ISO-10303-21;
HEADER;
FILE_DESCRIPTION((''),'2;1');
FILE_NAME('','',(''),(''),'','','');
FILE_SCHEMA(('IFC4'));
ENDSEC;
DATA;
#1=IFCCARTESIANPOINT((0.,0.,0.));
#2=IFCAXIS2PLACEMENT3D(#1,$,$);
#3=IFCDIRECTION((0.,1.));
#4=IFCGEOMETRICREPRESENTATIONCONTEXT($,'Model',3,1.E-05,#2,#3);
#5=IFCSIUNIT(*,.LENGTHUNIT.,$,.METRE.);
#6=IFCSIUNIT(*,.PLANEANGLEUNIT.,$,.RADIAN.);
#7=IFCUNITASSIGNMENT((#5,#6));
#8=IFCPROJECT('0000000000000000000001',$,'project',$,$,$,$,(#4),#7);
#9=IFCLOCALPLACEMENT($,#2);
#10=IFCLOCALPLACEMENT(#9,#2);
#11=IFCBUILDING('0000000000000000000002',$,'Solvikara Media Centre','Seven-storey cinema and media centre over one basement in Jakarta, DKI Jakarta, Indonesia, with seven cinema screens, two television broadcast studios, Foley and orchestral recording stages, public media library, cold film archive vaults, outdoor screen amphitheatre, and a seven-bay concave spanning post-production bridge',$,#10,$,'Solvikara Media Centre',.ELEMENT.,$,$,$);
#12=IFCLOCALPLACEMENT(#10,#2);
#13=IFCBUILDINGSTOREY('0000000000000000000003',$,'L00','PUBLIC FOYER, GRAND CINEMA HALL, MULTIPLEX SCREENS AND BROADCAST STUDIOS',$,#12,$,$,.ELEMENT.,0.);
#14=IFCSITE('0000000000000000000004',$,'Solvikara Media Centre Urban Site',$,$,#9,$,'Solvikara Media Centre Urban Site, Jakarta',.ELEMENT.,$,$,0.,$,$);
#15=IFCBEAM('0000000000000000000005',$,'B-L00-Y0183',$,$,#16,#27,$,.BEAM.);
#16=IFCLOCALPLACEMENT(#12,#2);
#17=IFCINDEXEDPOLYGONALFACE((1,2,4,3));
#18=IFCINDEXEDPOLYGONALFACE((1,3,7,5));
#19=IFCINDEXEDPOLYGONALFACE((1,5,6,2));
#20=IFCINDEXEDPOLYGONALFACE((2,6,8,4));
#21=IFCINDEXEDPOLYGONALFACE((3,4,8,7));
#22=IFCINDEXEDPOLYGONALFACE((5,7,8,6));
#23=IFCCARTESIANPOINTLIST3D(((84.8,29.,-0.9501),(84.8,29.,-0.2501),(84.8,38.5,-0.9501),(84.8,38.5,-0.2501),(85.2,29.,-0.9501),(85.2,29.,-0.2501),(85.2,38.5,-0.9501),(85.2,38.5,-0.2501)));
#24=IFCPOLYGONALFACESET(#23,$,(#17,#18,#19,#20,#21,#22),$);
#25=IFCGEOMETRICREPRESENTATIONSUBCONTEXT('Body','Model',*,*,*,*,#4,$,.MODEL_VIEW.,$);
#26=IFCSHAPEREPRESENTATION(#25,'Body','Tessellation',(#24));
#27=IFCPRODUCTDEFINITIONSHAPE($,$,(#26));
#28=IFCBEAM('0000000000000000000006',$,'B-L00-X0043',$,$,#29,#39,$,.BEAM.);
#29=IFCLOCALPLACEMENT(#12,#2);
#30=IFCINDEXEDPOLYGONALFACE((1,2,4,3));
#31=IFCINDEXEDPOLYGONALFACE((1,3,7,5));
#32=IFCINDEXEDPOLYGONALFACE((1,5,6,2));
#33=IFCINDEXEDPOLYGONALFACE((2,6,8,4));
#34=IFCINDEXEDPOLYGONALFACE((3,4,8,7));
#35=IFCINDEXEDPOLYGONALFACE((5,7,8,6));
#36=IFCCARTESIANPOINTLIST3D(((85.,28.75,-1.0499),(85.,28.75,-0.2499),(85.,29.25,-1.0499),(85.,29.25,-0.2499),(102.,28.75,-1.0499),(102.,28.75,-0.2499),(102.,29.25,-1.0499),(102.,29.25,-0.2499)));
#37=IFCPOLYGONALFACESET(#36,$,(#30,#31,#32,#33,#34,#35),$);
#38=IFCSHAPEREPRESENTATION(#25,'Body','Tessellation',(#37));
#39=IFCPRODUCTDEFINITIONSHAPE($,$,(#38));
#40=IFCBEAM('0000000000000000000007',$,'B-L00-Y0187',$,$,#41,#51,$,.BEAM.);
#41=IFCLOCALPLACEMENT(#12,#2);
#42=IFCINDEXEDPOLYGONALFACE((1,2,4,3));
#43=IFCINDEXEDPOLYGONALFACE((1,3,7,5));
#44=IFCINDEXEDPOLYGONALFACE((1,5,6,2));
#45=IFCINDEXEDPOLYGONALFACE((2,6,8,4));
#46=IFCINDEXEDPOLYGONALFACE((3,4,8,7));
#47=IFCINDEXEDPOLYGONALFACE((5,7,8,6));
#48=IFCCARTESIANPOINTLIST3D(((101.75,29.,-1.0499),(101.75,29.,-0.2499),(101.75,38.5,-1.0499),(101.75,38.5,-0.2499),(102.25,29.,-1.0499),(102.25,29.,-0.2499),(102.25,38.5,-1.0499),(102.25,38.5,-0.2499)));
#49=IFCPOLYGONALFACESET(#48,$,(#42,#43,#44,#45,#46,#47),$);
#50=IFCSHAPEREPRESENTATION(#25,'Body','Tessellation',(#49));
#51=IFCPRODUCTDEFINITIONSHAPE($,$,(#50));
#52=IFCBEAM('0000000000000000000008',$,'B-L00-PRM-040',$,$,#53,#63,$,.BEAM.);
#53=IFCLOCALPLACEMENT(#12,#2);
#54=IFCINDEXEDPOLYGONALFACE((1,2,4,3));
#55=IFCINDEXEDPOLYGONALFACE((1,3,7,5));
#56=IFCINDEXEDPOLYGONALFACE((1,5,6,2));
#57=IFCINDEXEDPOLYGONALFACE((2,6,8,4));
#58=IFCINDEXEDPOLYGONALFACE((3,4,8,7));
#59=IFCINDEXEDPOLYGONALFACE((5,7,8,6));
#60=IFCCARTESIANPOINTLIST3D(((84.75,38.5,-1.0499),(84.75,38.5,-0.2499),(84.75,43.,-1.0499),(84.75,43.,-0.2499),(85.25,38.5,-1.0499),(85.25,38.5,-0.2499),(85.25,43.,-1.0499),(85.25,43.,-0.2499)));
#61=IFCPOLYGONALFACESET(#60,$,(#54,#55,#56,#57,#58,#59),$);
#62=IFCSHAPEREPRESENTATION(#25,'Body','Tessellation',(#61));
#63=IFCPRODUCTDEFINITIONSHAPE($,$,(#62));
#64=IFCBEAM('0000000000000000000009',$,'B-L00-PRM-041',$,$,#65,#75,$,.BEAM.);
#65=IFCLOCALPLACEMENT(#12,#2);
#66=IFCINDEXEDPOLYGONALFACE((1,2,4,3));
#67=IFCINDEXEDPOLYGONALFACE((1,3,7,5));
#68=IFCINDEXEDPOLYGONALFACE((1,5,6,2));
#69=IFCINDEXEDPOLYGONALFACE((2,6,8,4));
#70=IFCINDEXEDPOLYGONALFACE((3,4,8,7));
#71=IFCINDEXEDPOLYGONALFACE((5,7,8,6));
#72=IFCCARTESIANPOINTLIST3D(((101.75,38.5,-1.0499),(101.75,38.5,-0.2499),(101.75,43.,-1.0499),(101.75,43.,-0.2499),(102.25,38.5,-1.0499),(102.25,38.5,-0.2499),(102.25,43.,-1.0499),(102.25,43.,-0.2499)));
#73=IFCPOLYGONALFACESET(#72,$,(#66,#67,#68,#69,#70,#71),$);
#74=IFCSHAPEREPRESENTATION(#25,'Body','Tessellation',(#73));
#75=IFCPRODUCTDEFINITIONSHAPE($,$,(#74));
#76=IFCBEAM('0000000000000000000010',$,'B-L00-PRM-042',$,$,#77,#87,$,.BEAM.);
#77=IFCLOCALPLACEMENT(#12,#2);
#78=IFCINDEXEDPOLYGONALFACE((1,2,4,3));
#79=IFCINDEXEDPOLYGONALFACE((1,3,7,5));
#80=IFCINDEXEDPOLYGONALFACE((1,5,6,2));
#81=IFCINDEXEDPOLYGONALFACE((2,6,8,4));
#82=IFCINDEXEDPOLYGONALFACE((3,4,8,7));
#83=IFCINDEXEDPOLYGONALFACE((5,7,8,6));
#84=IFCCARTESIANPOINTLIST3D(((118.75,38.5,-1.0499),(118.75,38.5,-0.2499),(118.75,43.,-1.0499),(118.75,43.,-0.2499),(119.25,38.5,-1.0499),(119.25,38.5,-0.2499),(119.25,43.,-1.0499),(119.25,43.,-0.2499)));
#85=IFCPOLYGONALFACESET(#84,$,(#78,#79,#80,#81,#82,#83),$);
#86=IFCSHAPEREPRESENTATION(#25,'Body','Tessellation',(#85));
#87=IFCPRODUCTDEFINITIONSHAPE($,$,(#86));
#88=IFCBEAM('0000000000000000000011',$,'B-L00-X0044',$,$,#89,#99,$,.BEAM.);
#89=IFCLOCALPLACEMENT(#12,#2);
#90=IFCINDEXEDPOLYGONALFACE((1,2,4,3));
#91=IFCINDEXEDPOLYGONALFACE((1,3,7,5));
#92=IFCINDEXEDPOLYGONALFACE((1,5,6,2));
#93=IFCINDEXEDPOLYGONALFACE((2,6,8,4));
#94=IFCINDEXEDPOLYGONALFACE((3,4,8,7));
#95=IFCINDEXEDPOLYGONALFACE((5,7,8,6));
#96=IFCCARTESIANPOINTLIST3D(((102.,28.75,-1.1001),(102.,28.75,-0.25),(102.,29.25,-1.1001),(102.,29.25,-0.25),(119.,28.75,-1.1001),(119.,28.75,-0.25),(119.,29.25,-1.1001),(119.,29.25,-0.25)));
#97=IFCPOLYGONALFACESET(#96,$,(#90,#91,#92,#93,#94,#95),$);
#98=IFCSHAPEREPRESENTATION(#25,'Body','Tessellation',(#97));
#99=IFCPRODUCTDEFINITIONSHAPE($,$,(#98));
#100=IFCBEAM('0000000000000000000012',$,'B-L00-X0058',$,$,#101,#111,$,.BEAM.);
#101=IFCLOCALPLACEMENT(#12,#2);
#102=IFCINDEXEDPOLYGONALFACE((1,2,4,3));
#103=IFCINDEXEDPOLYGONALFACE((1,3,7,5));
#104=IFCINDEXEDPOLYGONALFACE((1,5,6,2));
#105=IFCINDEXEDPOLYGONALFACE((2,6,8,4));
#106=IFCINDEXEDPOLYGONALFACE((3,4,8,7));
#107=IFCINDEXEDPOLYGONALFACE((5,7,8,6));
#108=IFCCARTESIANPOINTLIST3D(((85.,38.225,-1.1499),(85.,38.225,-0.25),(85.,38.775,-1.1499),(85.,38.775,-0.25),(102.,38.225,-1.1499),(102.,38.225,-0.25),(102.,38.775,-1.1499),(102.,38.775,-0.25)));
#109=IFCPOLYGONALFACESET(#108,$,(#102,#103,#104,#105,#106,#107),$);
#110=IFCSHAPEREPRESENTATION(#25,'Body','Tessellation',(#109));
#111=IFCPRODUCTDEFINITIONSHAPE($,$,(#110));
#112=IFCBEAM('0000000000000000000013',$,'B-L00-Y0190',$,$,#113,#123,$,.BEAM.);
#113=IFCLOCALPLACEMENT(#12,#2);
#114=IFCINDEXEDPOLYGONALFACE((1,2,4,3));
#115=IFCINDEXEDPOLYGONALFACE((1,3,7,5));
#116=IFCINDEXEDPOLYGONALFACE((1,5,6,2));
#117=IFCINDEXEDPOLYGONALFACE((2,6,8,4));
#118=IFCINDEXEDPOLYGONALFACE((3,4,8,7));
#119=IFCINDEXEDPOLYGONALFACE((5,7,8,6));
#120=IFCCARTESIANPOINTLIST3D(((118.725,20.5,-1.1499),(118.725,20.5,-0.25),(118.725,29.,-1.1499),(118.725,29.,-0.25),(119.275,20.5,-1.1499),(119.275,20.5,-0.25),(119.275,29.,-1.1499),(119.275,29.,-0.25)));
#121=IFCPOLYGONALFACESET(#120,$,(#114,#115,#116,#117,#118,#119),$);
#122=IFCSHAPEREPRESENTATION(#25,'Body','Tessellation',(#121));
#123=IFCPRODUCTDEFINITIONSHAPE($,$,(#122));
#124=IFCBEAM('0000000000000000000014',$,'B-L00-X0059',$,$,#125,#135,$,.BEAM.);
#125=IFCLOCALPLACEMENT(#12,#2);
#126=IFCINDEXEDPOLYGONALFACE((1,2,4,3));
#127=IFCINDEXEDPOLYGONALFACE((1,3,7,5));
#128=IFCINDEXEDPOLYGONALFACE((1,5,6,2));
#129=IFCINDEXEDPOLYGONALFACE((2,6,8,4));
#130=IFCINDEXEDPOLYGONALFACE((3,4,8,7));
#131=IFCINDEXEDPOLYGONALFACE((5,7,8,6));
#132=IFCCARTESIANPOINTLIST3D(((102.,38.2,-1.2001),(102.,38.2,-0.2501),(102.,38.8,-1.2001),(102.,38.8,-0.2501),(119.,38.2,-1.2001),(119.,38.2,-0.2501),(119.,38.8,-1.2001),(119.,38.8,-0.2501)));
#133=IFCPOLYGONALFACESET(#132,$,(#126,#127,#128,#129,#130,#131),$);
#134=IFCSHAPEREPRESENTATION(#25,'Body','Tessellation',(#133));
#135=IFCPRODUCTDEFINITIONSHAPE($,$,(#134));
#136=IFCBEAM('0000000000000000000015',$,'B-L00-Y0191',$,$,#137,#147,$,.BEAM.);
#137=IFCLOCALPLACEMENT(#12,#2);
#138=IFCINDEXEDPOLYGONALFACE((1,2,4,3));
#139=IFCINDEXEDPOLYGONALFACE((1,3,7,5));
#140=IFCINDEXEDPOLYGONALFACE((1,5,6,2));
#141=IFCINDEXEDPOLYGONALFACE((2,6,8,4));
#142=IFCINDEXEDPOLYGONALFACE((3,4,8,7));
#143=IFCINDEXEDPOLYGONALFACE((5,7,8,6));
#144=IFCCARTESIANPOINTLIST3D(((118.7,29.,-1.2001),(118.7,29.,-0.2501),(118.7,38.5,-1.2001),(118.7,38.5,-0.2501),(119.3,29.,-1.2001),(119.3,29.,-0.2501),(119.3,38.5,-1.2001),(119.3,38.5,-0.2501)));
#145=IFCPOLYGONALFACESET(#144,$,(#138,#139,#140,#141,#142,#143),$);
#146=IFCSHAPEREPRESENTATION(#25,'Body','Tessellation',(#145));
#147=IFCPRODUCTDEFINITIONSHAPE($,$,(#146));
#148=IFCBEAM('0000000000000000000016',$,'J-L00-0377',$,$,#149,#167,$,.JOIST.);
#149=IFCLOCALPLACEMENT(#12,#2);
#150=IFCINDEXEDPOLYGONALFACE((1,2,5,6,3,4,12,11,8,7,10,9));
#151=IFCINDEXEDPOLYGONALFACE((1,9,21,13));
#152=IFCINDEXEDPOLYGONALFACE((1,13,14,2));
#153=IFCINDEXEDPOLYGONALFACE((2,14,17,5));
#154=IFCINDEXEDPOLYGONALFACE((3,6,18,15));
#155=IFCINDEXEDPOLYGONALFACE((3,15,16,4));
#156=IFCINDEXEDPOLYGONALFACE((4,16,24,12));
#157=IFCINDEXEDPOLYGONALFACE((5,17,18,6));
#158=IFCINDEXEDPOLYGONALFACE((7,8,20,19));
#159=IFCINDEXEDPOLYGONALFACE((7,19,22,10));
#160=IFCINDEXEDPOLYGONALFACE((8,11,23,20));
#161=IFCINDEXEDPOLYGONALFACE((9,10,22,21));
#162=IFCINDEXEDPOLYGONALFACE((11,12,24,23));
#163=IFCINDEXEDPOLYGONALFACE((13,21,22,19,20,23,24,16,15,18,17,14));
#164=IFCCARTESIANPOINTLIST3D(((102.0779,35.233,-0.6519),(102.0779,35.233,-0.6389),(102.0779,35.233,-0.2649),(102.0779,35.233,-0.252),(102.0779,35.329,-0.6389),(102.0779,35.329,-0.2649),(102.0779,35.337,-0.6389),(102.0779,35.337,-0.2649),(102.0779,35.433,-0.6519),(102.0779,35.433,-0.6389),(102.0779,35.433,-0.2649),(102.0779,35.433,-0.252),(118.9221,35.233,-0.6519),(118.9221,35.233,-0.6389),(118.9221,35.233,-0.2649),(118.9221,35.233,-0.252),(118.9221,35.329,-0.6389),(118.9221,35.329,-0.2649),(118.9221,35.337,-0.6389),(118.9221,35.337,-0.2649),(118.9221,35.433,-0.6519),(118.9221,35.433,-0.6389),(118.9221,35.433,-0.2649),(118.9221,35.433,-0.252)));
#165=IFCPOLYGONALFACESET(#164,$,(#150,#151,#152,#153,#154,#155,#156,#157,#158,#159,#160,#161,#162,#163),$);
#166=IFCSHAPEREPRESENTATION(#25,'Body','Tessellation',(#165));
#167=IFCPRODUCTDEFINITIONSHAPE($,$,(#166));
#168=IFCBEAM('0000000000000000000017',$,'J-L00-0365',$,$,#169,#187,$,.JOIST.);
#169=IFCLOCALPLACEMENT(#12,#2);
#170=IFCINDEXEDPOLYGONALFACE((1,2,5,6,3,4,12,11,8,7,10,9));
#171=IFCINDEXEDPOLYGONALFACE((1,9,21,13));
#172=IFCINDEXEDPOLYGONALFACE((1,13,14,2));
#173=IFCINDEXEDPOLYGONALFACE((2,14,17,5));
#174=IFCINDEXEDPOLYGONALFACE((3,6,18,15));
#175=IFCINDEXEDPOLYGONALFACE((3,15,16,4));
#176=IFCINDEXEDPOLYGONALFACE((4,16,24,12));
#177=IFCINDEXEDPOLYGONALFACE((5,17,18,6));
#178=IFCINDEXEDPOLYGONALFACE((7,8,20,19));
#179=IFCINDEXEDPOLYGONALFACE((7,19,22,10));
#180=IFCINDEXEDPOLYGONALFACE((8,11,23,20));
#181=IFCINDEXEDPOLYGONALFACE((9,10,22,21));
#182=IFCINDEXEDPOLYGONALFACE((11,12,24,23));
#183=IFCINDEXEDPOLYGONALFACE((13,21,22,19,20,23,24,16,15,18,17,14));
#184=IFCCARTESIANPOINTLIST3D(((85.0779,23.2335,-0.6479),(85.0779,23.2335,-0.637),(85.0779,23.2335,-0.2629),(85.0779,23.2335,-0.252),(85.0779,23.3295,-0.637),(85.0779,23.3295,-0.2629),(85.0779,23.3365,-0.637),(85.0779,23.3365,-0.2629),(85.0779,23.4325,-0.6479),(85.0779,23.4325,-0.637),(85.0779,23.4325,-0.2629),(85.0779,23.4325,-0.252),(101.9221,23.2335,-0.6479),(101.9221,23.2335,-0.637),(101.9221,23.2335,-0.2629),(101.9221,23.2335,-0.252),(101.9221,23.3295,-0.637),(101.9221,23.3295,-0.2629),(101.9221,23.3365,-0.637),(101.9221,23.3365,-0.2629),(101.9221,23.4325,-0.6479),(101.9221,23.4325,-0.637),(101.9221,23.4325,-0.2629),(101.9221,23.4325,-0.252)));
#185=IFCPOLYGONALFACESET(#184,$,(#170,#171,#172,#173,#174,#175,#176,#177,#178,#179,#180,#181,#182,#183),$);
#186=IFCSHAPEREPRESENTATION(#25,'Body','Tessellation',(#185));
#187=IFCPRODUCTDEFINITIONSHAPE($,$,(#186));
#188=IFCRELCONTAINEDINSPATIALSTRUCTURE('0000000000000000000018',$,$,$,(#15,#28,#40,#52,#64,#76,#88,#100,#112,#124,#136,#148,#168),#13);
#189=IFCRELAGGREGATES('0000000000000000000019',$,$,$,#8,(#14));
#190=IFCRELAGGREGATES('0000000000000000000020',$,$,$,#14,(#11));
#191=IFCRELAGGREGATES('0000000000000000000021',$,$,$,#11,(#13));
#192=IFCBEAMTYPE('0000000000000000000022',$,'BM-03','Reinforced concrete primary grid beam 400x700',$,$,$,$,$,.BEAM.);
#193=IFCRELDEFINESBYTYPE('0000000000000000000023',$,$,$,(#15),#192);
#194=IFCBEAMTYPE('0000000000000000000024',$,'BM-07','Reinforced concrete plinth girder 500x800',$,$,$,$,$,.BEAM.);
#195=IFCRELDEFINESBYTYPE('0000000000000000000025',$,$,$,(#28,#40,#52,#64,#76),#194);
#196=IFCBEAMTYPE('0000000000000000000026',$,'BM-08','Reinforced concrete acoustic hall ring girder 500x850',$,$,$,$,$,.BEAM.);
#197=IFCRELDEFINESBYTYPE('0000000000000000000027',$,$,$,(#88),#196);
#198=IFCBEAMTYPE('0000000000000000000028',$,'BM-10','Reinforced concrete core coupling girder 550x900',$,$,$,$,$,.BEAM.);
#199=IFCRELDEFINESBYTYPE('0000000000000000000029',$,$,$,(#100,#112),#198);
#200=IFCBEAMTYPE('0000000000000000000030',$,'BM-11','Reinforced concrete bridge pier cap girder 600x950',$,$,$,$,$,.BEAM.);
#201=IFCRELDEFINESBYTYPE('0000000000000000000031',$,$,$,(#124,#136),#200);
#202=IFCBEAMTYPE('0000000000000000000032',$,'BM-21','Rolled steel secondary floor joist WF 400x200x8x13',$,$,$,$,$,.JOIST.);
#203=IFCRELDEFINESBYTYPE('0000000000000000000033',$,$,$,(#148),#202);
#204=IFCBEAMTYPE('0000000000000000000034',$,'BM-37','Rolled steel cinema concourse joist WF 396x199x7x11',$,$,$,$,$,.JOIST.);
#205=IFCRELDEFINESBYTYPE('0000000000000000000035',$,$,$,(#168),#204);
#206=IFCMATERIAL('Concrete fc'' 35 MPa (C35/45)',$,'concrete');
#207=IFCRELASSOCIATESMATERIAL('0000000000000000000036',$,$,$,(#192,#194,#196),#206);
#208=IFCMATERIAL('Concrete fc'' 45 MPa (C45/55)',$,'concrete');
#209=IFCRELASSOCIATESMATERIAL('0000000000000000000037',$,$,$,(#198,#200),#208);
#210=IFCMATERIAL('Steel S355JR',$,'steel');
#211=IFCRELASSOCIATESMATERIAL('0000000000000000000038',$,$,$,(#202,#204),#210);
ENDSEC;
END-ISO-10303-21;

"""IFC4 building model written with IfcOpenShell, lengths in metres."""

from ifc_helpers import new_model, si_unit, direction, frame, origin, origin_2d, place, context, subcontext, project, spatial, rectangle, i_section, extrude, material, material_profile, profile_set, type_object, element, save


model = new_model("IFC4")

# Units and contexts
model_context = context("Model", 3, precision=1e-05, world=origin(), true_north=direction((0.0, 1.0)))
body_context = subcontext(model_context, "Body", "Model", "MODEL_VIEW")
ifc_project = project(units=[si_unit("LENGTHUNIT", "METRE"), si_unit("PLANEANGLEUNIT", "RADIAN")], contexts=[model_context])

# Site, building, storey
site_placement = place(None, origin())
site = spatial("IfcSite", under=ifc_project, at=site_placement, Name="Solvikara Media Centre Urban Site", LongName="Solvikara Media Centre Urban Site, Jakarta", CompositionType="ELEMENT", RefElevation=0.0)
building_placement = place(site_placement, origin())
building = spatial("IfcBuilding", under=site, at=building_placement, Name="Solvikara Media Centre", Description="Seven-storey cinema and media centre over one basement in Jakarta, DKI Jakarta, Indonesia, with seven cinema screens, two television broadcast studios, Foley and orchestral recording stages, public media library, cold film archive vaults, outdoor screen amphitheatre, and a seven-bay concave spanning post-production bridge", LongName="Solvikara Media Centre", CompositionType="ELEMENT")
storey_placement = place(building_placement, origin())
storey = spatial("IfcBuildingStorey", under=building, at=storey_placement, Name="L00", Description="PUBLIC FOYER, GRAND CINEMA HALL, MULTIPLEX SCREENS AND BROADCAST STUDIOS", CompositionType="ELEMENT", Elevation=0.0)

# Beams
ifc_material_1 = material(Name="Concrete fc' 35 MPa (C35/45)", Category="concrete")
ifc_material_profile_1 = material_profile(ifc_material_1, rectangle(XDim=0.3999, YDim=0.7, at=origin_2d()), Name="RC 400x700")
ifc_profile_set_1 = profile_set([ifc_material_profile_1], Name="Concrete fc' 35 MPa (C35/45)")
beam_type_1 = type_object("IfcBeamType", Name="BM-03", Description="Reinforced concrete primary grid beam 400x700", PredefinedType="BEAM", material=ifc_profile_set_1)
beam_1_placement = place(storey_placement, frame((85.0, 29.0, -0.6001), z_axis=(0.0, 1.0, 0.0), x_axis=(-1.0, 0.0, 0.0)))
element("IfcBeam", 1, at=beam_1_placement, inside=storey, type_object=beam_type_1, Name="B-L00-Y0183", PredefinedType="BEAM", context=body_context, shape_type="SweptSolid", body=[
    extrude(rectangle(XDim=0.3999, YDim=0.7, at=origin_2d()), origin(), (0.0, 0.0, 1.0), 9.5),
])
ifc_material_profile_2 = material_profile(ifc_material_1, rectangle(XDim=0.5, YDim=0.8, at=origin_2d()), Name="RC 500x800")
ifc_profile_set_2 = profile_set([ifc_material_profile_2], Name="Concrete fc' 35 MPa (C35/45)")
beam_type_2 = type_object("IfcBeamType", Name="BM-07", Description="Reinforced concrete plinth girder 500x800", PredefinedType="BEAM", material=ifc_profile_set_2)
beam_2_placement = place(storey_placement, frame((85.0, 29.0, -0.6499), z_axis=(1.0, 0.0, 0.0), x_axis=(0.0, 1.0, 0.0)))
element("IfcBeam", 2, at=beam_2_placement, inside=storey, type_object=beam_type_2, Name="B-L00-X0043", PredefinedType="BEAM", context=body_context, shape_type="SweptSolid", body=[
    extrude(rectangle(XDim=0.5, YDim=0.8, at=origin_2d()), origin(), (0.0, 0.0, 1.0), 17.0),
])
beam_3_placement = place(storey_placement, frame((102.0, 29.0, -0.6499), z_axis=(0.0, 1.0, 0.0), x_axis=(-1.0, 0.0, 0.0)))
element("IfcBeam", 3, at=beam_3_placement, inside=storey, type_object=beam_type_2, Name="B-L00-Y0187", PredefinedType="BEAM", context=body_context, shape_type="SweptSolid", body=[
    extrude(rectangle(XDim=0.5, YDim=0.8, at=origin_2d()), origin(), (0.0, 0.0, 1.0), 9.5),
])
for number, where, z_axis, x_axis, name in (
    (4, (85.0, 38.5, -0.6499), (0.0, 1.0, 0.0), (-1.0, 0.0, 0.0), "B-L00-PRM-040"),
    (5, (102.0, 38.5, -0.6499), (0.0, 1.0, 0.0), (-1.0, 0.0, 0.0), "B-L00-PRM-041"),
    (6, (119.0, 38.5, -0.6499), (0.0, 1.0, 0.0), (-1.0, 0.0, 0.0), "B-L00-PRM-042"),
):
    element("IfcBeam", number, at=place(storey_placement, frame(where, z_axis=z_axis, x_axis=x_axis)), inside=storey, type_object=beam_type_2, Name=name, PredefinedType="BEAM", context=body_context, shape_type="SweptSolid", body=[
        extrude(rectangle(XDim=0.5, YDim=0.8, at=origin_2d()), origin(), (0.0, 0.0, 1.0), 4.5),
    ])
ifc_material_profile_3 = material_profile(ifc_material_1, rectangle(XDim=0.5, YDim=0.8501, at=origin_2d()), Name="RC 500x850")
ifc_profile_set_3 = profile_set([ifc_material_profile_3], Name="Concrete fc' 35 MPa (C35/45)")
beam_type_3 = type_object("IfcBeamType", Name="BM-08", Description="Reinforced concrete acoustic hall ring girder 500x850", PredefinedType="BEAM", material=ifc_profile_set_3)
beam_4_placement = place(storey_placement, frame((102.0, 29.0, -0.675), z_axis=(1.0, 0.0, 0.0), x_axis=(0.0, 1.0, 0.0)))
element("IfcBeam", 7, at=beam_4_placement, inside=storey, type_object=beam_type_3, Name="B-L00-X0044", PredefinedType="BEAM", context=body_context, shape_type="SweptSolid", body=[
    extrude(rectangle(XDim=0.5, YDim=0.8501, at=origin_2d()), origin(), (0.0, 0.0, 1.0), 17.0),
])
ifc_material_2 = material(Name="Concrete fc' 45 MPa (C45/55)", Category="concrete")
ifc_material_profile_4 = material_profile(ifc_material_2, rectangle(XDim=0.55, YDim=0.8999, at=origin_2d()), Name="RC 550x900")
ifc_profile_set_4 = profile_set([ifc_material_profile_4], Name="Concrete fc' 45 MPa (C45/55)")
beam_type_4 = type_object("IfcBeamType", Name="BM-10", Description="Reinforced concrete core coupling girder 550x900", PredefinedType="BEAM", material=ifc_profile_set_4)
beam_5_placement = place(storey_placement, frame((85.0, 38.5, -0.7), z_axis=(1.0, 0.0, 0.0), x_axis=(0.0, 1.0, 0.0)))
element("IfcBeam", 8, at=beam_5_placement, inside=storey, type_object=beam_type_4, Name="B-L00-X0058", PredefinedType="BEAM", context=body_context, shape_type="SweptSolid", body=[
    extrude(rectangle(XDim=0.55, YDim=0.8999, at=origin_2d()), origin(), (0.0, 0.0, 1.0), 17.0),
])
beam_6_placement = place(storey_placement, frame((119.0, 20.5, -0.7), z_axis=(0.0, 1.0, 0.0), x_axis=(-1.0, 0.0, 0.0)))
element("IfcBeam", 9, at=beam_6_placement, inside=storey, type_object=beam_type_4, Name="B-L00-Y0190", PredefinedType="BEAM", context=body_context, shape_type="SweptSolid", body=[
    extrude(rectangle(XDim=0.55, YDim=0.8999, at=origin_2d()), origin(), (0.0, 0.0, 1.0), 8.5),
])
ifc_material_profile_5 = material_profile(ifc_material_2, rectangle(XDim=0.6001, YDim=0.95, at=origin_2d()), Name="RC 600x950")
ifc_profile_set_5 = profile_set([ifc_material_profile_5], Name="Concrete fc' 45 MPa (C45/55)")
beam_type_5 = type_object("IfcBeamType", Name="BM-11", Description="Reinforced concrete bridge pier cap girder 600x950", PredefinedType="BEAM", material=ifc_profile_set_5)
beam_7_placement = place(storey_placement, frame((102.0, 38.5, -0.7251), z_axis=(1.0, 0.0, 0.0), x_axis=(0.0, 1.0, 0.0)))
element("IfcBeam", 10, at=beam_7_placement, inside=storey, type_object=beam_type_5, Name="B-L00-X0059", PredefinedType="BEAM", context=body_context, shape_type="SweptSolid", body=[
    extrude(rectangle(XDim=0.6001, YDim=0.95, at=origin_2d()), origin(), (0.0, 0.0, 1.0), 17.0),
])
beam_8_placement = place(storey_placement, frame((119.0, 29.0, -0.7251), z_axis=(0.0, 1.0, 0.0), x_axis=(-1.0, 0.0, 0.0)))
element("IfcBeam", 11, at=beam_8_placement, inside=storey, type_object=beam_type_5, Name="B-L00-Y0191", PredefinedType="BEAM", context=body_context, shape_type="SweptSolid", body=[
    extrude(rectangle(XDim=0.6001, YDim=0.95, at=origin_2d()), origin(), (0.0, 0.0, 1.0), 9.5),
])
ifc_material_3 = material(Name="Steel S355JR", Category="steel")
ifc_material_profile_6 = material_profile(ifc_material_3, i_section(OverallWidth=0.2, OverallDepth=0.3999, WebThickness=0.0081, FlangeThickness=0.0129, at=origin_2d()), Name="WF 400x200x8x13")
ifc_profile_set_6 = profile_set([ifc_material_profile_6], Name="Steel S355JR")
beam_type_6 = type_object("IfcBeamType", Name="BM-21", Description="Rolled steel secondary floor joist WF 400x200x8x13", PredefinedType="JOIST", material=ifc_profile_set_6)
beam_9_placement = place(storey_placement, frame((102.0779, 35.333, -0.4519), z_axis=(1.0, 0.0, 0.0), x_axis=(0.0, 1.0, 0.0)))
element("IfcBeam", 12, at=beam_9_placement, inside=storey, type_object=beam_type_6, Name="J-L00-0377", PredefinedType="JOIST", context=body_context, shape_type="SweptSolid", body=[
    extrude(i_section(OverallWidth=0.2, OverallDepth=0.3999, WebThickness=0.0081, FlangeThickness=0.0129, at=origin_2d()), origin(), (0.0, 0.0, 1.0), 16.8442),
])
ifc_material_profile_7 = material_profile(ifc_material_3, i_section(OverallWidth=0.199, OverallDepth=0.396, WebThickness=0.0071, FlangeThickness=0.011, at=origin_2d()), Name="WF 396x199x7x11")
ifc_profile_set_7 = profile_set([ifc_material_profile_7], Name="Steel S355JR")
beam_type_7 = type_object("IfcBeamType", Name="BM-37", Description="Rolled steel cinema concourse joist WF 396x199x7x11", PredefinedType="JOIST", material=ifc_profile_set_7)
beam_10_placement = place(storey_placement, frame((85.0779, 23.333, -0.45), z_axis=(1.0, 0.0, 0.0), x_axis=(0.0, 1.0, 0.0)))
element("IfcBeam", 13, at=beam_10_placement, inside=storey, type_object=beam_type_7, Name="J-L00-0365", PredefinedType="JOIST", context=body_context, shape_type="SweptSolid", body=[
    extrude(i_section(OverallWidth=0.199, OverallDepth=0.396, WebThickness=0.0071, FlangeThickness=0.011, at=origin_2d()), origin(), (0.0, 0.0, 1.0), 16.8442),
])

save(model, "model.ifc")
